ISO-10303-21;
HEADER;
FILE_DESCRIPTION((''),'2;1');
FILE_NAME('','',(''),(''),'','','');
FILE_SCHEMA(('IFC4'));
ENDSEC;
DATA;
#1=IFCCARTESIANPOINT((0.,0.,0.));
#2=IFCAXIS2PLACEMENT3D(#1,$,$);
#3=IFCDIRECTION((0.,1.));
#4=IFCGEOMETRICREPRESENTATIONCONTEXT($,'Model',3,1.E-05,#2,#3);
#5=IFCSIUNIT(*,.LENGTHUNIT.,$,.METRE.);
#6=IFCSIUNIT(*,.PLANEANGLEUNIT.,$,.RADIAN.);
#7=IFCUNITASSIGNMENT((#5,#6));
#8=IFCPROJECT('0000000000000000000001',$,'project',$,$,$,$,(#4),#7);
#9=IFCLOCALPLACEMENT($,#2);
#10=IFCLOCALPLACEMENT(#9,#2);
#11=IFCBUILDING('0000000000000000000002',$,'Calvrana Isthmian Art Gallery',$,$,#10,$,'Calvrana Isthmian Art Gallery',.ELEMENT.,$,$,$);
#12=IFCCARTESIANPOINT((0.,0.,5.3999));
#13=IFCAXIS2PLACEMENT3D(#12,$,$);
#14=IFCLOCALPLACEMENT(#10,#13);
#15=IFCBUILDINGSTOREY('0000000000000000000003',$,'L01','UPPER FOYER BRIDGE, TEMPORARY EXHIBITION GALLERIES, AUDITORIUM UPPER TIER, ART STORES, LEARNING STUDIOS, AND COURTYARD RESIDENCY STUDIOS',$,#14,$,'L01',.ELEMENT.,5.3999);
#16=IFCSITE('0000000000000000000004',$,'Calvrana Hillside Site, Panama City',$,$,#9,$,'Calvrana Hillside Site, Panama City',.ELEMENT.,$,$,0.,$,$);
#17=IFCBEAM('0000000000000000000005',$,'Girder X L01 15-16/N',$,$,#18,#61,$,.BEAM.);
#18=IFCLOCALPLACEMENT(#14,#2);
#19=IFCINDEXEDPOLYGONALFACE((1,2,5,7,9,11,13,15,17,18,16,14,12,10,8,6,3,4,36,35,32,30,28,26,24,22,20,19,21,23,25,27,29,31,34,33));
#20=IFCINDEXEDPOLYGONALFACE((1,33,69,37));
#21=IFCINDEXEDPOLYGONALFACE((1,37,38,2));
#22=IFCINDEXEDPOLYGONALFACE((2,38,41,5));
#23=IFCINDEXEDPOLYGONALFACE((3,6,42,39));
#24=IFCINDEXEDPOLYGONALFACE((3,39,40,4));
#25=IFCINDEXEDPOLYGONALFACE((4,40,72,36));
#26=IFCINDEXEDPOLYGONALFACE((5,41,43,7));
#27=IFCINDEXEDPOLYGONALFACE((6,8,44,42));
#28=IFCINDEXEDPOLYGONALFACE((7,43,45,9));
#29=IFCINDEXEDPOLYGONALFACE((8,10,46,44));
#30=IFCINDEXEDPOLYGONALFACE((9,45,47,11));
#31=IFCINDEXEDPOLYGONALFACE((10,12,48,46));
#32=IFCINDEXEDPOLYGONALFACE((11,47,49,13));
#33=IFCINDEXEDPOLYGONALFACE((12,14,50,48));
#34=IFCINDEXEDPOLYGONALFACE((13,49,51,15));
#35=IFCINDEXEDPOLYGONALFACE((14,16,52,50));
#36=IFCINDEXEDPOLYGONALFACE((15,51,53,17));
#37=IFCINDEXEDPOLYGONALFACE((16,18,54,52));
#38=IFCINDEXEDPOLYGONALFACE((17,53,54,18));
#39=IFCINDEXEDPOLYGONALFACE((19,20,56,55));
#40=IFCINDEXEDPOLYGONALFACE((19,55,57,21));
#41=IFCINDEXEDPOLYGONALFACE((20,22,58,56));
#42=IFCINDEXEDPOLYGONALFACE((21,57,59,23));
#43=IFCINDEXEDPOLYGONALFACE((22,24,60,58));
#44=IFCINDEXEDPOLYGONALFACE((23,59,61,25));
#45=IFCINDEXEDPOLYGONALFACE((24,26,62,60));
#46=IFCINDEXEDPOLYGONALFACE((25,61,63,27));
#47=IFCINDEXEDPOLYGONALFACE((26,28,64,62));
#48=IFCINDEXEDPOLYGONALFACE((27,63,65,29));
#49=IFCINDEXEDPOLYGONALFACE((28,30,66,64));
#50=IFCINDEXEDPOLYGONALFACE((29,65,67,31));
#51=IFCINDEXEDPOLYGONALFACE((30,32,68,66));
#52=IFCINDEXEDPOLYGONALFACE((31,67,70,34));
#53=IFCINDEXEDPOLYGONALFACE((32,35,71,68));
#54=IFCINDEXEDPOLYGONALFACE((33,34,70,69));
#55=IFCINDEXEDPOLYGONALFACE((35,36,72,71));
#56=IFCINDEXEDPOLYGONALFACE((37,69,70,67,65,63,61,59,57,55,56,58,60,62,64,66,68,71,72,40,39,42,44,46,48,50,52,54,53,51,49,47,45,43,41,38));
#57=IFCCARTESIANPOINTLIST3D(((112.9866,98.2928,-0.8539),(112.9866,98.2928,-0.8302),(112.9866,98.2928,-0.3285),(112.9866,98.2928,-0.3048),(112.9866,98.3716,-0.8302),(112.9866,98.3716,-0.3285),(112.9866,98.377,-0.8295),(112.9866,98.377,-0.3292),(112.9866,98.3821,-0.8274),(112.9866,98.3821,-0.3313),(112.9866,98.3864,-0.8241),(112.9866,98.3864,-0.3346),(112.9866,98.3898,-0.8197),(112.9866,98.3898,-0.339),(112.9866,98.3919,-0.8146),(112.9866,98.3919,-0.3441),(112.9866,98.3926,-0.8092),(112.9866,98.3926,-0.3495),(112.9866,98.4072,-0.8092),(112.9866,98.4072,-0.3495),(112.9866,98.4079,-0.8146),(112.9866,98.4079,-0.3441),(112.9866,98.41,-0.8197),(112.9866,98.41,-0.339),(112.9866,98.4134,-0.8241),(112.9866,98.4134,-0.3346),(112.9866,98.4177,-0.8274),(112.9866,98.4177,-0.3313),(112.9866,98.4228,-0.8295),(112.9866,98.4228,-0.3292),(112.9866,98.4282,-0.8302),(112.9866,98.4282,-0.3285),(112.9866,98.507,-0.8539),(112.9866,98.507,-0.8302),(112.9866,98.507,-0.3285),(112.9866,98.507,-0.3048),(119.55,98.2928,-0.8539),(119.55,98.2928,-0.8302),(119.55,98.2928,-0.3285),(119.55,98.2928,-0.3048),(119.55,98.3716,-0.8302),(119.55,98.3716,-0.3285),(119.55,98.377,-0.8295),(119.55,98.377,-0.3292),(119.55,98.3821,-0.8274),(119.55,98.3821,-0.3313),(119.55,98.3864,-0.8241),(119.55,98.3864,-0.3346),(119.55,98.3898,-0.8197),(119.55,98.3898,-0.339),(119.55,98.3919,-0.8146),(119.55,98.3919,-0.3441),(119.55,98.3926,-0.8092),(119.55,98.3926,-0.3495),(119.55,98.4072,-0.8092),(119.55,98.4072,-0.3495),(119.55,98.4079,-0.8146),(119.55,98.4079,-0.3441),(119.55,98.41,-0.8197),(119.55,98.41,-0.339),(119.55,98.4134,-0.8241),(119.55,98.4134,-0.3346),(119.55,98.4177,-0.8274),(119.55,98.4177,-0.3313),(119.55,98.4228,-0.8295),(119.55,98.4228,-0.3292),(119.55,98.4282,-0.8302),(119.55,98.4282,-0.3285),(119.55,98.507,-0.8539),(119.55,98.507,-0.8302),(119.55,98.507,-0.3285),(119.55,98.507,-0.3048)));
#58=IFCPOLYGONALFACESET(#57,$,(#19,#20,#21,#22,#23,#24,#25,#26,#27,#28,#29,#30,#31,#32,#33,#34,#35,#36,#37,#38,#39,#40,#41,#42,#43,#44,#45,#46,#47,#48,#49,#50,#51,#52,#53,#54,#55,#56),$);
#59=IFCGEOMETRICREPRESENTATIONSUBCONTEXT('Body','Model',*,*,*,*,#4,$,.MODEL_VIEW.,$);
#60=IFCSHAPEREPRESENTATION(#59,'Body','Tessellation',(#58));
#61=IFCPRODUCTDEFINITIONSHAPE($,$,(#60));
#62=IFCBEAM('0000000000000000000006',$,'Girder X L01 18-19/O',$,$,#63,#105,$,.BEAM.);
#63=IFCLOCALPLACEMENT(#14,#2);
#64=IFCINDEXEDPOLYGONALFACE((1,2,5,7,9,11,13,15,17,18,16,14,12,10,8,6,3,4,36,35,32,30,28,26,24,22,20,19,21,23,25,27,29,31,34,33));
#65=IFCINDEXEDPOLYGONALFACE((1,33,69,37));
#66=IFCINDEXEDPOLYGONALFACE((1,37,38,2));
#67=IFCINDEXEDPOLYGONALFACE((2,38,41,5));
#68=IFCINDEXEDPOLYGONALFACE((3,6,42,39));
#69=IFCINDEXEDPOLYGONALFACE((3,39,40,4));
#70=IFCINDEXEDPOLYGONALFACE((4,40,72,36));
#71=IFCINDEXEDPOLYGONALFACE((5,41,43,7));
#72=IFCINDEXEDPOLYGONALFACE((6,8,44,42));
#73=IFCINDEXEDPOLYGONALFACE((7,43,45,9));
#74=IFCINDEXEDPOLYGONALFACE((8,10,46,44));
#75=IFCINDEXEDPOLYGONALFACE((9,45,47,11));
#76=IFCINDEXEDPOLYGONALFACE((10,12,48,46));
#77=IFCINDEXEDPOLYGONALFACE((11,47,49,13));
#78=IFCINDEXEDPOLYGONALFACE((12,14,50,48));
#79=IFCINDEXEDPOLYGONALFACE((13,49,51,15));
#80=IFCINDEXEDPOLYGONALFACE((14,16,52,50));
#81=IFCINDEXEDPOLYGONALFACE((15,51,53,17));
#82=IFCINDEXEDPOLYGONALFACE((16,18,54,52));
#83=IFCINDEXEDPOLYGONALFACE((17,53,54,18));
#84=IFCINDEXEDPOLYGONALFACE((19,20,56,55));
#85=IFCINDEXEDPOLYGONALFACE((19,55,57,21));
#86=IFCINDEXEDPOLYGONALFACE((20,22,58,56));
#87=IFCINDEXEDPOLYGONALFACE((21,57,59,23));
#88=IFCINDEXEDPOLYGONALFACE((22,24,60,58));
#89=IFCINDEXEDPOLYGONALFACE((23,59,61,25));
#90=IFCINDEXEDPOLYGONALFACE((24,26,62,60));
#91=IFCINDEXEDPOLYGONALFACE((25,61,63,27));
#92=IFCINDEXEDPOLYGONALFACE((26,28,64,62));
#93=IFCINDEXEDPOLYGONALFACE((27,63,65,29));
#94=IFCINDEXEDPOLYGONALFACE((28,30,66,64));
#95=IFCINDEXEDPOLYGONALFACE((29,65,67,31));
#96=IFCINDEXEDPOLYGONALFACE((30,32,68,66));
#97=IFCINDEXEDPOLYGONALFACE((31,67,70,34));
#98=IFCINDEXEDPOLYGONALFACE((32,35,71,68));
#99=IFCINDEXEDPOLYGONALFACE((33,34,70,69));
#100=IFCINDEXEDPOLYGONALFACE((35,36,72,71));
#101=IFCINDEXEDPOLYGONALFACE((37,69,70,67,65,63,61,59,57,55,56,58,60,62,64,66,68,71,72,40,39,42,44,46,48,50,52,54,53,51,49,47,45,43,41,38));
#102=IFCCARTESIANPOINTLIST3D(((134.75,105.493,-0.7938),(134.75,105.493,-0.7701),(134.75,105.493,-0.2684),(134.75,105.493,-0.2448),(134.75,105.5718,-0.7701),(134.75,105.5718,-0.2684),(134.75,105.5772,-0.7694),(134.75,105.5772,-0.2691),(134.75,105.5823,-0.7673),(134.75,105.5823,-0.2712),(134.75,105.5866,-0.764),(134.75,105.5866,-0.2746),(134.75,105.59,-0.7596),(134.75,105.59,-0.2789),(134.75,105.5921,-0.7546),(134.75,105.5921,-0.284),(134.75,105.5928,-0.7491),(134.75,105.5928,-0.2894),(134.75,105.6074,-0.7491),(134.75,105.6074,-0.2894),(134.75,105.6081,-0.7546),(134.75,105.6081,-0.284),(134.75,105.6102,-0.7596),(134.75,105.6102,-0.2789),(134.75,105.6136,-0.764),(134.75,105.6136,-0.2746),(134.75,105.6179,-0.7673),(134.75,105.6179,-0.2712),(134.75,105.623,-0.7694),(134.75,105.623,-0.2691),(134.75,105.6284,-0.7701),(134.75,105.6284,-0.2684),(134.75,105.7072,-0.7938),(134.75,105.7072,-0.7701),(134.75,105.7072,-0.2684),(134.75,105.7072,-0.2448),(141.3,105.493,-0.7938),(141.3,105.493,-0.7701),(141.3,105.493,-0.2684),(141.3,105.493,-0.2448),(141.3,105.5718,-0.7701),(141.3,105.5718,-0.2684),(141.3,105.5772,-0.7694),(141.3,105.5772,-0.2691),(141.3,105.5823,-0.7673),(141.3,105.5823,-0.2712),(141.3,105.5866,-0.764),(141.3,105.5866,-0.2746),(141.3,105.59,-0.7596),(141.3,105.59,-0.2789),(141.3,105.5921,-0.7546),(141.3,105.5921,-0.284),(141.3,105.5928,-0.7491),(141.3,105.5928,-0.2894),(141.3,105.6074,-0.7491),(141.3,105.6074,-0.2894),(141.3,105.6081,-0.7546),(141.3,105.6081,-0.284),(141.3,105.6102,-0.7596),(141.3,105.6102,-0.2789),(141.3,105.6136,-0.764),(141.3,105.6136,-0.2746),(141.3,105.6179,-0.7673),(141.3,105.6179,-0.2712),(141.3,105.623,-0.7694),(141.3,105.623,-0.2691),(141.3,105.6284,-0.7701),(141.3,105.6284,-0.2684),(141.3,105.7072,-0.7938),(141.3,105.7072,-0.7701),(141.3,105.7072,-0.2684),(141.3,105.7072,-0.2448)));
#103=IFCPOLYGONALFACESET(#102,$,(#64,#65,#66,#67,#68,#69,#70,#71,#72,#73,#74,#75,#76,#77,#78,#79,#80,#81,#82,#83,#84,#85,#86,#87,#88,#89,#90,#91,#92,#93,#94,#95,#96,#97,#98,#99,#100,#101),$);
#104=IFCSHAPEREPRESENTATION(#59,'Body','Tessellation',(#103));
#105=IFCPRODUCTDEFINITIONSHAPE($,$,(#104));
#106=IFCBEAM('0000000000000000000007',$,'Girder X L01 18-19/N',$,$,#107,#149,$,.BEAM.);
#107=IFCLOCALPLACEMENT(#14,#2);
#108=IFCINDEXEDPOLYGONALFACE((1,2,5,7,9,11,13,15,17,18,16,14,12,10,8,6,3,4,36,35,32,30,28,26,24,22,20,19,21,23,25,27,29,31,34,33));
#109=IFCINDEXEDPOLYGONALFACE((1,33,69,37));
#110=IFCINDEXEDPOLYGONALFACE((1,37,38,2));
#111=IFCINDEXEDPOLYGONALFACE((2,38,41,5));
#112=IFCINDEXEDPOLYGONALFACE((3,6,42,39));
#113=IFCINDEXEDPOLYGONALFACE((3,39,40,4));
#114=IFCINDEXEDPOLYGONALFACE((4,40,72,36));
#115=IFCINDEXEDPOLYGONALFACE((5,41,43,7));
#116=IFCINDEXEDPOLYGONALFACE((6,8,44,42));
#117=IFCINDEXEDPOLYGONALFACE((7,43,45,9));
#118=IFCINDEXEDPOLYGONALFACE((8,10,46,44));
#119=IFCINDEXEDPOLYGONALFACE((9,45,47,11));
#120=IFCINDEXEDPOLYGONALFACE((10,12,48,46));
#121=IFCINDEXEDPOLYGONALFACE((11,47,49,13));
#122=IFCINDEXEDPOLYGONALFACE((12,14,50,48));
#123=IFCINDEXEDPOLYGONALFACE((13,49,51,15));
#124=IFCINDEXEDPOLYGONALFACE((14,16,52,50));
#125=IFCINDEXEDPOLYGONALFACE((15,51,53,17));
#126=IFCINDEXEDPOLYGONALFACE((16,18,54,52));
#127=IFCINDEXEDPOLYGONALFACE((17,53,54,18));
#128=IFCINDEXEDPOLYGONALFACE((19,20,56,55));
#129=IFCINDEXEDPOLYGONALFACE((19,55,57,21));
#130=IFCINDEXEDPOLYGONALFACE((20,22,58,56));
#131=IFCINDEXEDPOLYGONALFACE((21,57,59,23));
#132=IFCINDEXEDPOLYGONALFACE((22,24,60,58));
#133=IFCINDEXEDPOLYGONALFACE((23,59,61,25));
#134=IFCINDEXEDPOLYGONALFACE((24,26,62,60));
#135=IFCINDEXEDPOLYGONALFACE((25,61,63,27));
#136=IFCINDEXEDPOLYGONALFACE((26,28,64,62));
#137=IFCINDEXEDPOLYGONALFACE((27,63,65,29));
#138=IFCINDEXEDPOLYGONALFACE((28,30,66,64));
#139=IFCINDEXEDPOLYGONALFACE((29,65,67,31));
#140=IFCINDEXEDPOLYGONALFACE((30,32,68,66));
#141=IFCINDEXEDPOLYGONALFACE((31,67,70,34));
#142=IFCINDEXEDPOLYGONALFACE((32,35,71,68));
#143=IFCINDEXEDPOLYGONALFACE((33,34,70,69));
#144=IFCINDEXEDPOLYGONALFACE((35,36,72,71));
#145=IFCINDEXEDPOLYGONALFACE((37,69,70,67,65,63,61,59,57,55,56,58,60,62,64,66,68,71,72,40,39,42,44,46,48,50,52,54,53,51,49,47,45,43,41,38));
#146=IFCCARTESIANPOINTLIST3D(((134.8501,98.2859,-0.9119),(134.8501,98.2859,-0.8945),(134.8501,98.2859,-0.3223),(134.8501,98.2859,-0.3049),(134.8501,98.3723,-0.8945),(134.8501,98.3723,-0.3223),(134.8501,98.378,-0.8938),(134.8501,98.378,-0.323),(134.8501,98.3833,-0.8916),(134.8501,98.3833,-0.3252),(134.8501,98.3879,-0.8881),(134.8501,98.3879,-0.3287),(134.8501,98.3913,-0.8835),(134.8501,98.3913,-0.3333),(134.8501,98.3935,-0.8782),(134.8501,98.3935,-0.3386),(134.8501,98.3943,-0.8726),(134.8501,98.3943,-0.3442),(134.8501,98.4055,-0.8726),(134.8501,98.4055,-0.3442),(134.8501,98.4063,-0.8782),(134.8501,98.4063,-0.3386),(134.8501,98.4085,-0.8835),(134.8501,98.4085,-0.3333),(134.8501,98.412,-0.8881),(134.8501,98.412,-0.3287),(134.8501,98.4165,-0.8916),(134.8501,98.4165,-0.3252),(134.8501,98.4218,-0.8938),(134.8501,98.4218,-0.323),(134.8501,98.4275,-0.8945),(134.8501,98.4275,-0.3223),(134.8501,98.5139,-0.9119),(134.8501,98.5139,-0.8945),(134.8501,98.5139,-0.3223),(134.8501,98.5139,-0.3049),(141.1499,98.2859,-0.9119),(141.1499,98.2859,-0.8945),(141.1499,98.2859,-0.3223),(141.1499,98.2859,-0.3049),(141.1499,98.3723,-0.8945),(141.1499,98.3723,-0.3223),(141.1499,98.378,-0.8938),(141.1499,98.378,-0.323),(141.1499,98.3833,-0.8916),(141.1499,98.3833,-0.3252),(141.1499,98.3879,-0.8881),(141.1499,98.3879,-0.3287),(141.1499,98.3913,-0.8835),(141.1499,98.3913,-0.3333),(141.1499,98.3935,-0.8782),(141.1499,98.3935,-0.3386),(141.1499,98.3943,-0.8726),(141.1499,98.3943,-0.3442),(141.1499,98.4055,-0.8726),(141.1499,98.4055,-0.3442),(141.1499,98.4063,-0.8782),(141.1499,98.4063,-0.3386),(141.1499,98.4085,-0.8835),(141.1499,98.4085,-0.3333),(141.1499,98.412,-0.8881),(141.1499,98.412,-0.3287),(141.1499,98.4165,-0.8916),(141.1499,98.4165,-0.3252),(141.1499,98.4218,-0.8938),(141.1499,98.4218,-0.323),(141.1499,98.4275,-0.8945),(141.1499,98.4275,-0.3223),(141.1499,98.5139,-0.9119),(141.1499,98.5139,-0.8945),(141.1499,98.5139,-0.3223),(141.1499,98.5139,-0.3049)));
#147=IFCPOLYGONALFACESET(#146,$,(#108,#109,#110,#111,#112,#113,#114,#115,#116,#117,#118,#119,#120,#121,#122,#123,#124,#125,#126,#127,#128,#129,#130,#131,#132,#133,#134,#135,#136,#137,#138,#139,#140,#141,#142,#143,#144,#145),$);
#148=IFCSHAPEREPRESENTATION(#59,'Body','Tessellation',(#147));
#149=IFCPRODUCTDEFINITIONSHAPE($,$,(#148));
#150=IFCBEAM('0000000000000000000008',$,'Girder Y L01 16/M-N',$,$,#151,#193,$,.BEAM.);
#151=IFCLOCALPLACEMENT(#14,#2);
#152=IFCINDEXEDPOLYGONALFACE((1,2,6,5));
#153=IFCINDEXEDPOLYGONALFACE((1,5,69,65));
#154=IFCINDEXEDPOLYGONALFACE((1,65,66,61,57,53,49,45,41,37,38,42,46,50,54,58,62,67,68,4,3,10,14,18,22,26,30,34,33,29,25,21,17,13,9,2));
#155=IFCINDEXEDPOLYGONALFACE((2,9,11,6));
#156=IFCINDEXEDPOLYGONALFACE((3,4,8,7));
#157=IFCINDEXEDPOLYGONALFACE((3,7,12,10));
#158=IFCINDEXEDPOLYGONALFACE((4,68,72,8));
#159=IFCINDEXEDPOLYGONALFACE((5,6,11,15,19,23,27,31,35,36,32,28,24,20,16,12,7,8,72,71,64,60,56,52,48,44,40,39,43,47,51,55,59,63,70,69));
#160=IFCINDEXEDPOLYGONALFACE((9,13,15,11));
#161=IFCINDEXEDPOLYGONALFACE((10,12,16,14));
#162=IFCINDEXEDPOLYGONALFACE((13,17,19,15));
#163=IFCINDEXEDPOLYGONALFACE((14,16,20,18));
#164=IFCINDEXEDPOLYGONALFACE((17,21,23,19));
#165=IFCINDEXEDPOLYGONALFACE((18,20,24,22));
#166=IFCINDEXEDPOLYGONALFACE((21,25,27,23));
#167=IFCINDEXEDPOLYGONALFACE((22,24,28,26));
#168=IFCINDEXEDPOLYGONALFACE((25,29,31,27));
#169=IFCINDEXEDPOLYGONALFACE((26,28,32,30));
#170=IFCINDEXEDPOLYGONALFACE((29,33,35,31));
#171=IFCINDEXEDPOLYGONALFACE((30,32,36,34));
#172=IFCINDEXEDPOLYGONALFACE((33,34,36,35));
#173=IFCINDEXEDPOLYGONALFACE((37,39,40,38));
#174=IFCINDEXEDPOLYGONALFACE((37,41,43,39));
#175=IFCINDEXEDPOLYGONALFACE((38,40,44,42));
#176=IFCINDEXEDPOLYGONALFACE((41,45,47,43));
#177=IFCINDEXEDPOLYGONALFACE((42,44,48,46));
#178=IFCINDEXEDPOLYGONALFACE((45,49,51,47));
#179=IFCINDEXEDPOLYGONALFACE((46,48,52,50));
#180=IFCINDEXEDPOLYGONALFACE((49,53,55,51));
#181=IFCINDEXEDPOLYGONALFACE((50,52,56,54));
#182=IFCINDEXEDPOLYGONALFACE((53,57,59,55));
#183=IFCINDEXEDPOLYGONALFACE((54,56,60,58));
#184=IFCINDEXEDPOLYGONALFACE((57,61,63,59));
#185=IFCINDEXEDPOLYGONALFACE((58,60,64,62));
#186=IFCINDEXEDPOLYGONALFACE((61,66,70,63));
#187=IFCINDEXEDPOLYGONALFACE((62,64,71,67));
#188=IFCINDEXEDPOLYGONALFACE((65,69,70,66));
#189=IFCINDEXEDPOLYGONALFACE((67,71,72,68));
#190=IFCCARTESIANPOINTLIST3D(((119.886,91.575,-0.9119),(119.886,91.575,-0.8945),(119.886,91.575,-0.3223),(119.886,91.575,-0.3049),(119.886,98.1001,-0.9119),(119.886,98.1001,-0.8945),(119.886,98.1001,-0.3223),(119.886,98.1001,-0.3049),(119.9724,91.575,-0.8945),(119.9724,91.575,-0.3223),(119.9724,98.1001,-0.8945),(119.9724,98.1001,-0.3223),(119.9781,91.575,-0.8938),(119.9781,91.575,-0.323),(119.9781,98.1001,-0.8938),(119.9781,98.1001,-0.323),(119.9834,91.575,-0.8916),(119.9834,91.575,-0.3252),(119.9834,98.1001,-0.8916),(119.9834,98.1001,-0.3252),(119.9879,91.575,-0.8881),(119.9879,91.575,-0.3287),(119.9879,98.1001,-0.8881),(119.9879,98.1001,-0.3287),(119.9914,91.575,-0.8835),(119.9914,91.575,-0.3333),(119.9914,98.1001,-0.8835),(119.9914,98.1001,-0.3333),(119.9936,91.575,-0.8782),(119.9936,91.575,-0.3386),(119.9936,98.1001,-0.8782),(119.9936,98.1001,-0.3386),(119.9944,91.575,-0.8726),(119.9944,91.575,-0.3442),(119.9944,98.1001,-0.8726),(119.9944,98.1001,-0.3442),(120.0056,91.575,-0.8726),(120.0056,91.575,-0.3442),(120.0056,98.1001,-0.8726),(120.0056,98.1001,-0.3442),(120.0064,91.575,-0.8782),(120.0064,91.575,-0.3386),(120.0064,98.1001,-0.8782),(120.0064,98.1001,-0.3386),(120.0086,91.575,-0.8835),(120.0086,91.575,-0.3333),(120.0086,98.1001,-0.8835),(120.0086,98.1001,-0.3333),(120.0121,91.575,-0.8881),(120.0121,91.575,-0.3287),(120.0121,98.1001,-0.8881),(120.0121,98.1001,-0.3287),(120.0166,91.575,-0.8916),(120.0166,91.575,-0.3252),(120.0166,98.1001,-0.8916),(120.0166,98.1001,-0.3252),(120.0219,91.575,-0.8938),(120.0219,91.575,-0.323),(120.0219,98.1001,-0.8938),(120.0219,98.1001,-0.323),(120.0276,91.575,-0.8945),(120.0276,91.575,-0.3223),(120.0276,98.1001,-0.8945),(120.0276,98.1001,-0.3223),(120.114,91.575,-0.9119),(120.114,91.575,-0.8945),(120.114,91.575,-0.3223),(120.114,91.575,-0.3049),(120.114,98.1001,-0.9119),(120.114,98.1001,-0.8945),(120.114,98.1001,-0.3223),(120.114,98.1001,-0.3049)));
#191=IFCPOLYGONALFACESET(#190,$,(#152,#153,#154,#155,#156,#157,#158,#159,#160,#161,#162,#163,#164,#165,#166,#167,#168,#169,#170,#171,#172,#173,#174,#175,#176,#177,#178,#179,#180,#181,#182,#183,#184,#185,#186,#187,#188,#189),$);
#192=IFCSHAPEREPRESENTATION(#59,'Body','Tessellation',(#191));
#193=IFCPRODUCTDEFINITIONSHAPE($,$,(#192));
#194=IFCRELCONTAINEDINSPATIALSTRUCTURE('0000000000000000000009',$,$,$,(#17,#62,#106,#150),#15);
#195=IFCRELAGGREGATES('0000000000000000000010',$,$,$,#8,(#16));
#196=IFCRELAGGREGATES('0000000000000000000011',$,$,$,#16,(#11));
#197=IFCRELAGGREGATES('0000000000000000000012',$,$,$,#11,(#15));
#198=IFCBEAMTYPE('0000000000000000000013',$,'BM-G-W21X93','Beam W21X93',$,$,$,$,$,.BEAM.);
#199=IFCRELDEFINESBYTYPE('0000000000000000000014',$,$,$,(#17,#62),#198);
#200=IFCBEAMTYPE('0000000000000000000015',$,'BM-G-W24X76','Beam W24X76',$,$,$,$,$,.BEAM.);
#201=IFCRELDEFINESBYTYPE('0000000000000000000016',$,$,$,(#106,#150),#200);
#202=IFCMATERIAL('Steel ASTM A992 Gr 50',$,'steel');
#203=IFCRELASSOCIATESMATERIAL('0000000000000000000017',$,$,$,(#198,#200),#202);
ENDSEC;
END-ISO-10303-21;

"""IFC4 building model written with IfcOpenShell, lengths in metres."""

from ifc_helpers import new_model, si_unit, direction, frame, origin, origin_2d, place, context, subcontext, project, spatial, i_section, extrude, material, material_profile, profile_set, type_object, element, save


model = new_model("IFC4")

# Units and contexts
model_context = context("Model", 3, precision=1e-05, world=origin(), true_north=direction((0.0, 1.0)))
body_context = subcontext(model_context, "Body", "Model", "MODEL_VIEW")
ifc_project = project(units=[si_unit("LENGTHUNIT", "METRE"), si_unit("PLANEANGLEUNIT", "RADIAN")], contexts=[model_context])

# Site, building, storey
site_placement = place(None, origin())
site = spatial("IfcSite", under=ifc_project, at=site_placement, Name="Calvrana Hillside Site, Panama City", LongName="Calvrana Hillside Site, Panama City", CompositionType="ELEMENT", RefElevation=0.0)
building_placement = place(site_placement, origin())
building = spatial("IfcBuilding", under=site, at=building_placement, Name="Calvrana Isthmian Art Gallery", LongName="Calvrana Isthmian Art Gallery", CompositionType="ELEMENT")
storey_placement = place(building_placement, frame((0.0, 0.0, 5.3999)))
storey = spatial("IfcBuildingStorey", under=building, at=storey_placement, Name="L01", Description="UPPER FOYER BRIDGE, TEMPORARY EXHIBITION GALLERIES, AUDITORIUM UPPER TIER, ART STORES, LEARNING STUDIOS, AND COURTYARD RESIDENCY STUDIOS", LongName="L01", CompositionType="ELEMENT", Elevation=5.3999)

# Beams
ifc_material_1 = material(Name="Steel ASTM A992 Gr 50", Category="steel")
ifc_material_profile_1 = material_profile(ifc_material_1, i_section(OverallWidth=0.2141, OverallDepth=0.5491, WebThickness=0.0146, FlangeThickness=0.0237, FilletRadius=0.021, at=origin_2d()), Name="W21X93")
ifc_profile_set_1 = profile_set([ifc_material_profile_1], Name="Steel ASTM A992 Gr 50")
beam_type_1 = type_object("IfcBeamType", Name="BM-G-W21X93", Description="Beam W21X93", PredefinedType="BEAM", material=ifc_profile_set_1)
beam_1_placement = place(storey_placement, frame((112.9866, 98.3999, -0.5793), z_axis=(1.0, 0.0, 0.0), x_axis=(0.0, 1.0, 0.0)))
element("IfcBeam", 1, at=beam_1_placement, inside=storey, type_object=beam_type_1, Name="Girder X L01 15-16/N", PredefinedType="BEAM", context=body_context, shape_type="SweptSolid", body=[
    extrude(i_section(OverallWidth=0.2141, OverallDepth=0.5491, WebThickness=0.0146, FlangeThickness=0.0237, FilletRadius=0.021, at=origin_2d()), origin(), (0.0, 0.0, 1.0), 6.5635),
])
beam_2_placement = place(storey_placement, frame((134.75, 105.6001, -0.5193), z_axis=(1.0, 0.0, 0.0), x_axis=(0.0, 1.0, 0.0)))
element("IfcBeam", 2, at=beam_2_placement, inside=storey, type_object=beam_type_1, Name="Girder X L01 18-19/O", PredefinedType="BEAM", context=body_context, shape_type="SweptSolid", body=[
    extrude(i_section(OverallWidth=0.2141, OverallDepth=0.5491, WebThickness=0.0146, FlangeThickness=0.0237, FilletRadius=0.021, at=origin_2d()), origin(), (0.0, 0.0, 1.0), 6.55),
])
ifc_material_profile_2 = material_profile(ifc_material_1, i_section(OverallWidth=0.228, OverallDepth=0.6069, WebThickness=0.0112, FlangeThickness=0.0173, FilletRadius=0.022, at=origin_2d()), Name="W24X76")
ifc_profile_set_2 = profile_set([ifc_material_profile_2], Name="Steel ASTM A992 Gr 50")
beam_type_2 = type_object("IfcBeamType", Name="BM-G-W24X76", Description="Beam W24X76", PredefinedType="BEAM", material=ifc_profile_set_2)
beam_3_placement = place(storey_placement, frame((134.8501, 98.3999, -0.6084), z_axis=(1.0, 0.0, 0.0), x_axis=(0.0, 1.0, 0.0)))
element("IfcBeam", 3, at=beam_3_placement, inside=storey, type_object=beam_type_2, Name="Girder X L01 18-19/N", PredefinedType="BEAM", context=body_context, shape_type="SweptSolid", body=[
    extrude(i_section(OverallWidth=0.228, OverallDepth=0.6069, WebThickness=0.0112, FlangeThickness=0.0173, FilletRadius=0.022, at=origin_2d()), origin(), (0.0, 0.0, 1.0), 6.2998),
])
beam_4_placement = place(storey_placement, frame((120.0, 91.575, -0.6084), z_axis=(0.0, 1.0, 0.0), x_axis=(-1.0, 0.0, 0.0)))
element("IfcBeam", 4, at=beam_4_placement, inside=storey, type_object=beam_type_2, Name="Girder Y L01 16/M-N", PredefinedType="BEAM", context=body_context, shape_type="SweptSolid", body=[
    extrude(i_section(OverallWidth=0.228, OverallDepth=0.6069, WebThickness=0.0112, FlangeThickness=0.0173, FilletRadius=0.022, at=origin_2d()), origin(), (0.0, 0.0, 1.0), 6.5251),
])

save(model, "model.ifc")
